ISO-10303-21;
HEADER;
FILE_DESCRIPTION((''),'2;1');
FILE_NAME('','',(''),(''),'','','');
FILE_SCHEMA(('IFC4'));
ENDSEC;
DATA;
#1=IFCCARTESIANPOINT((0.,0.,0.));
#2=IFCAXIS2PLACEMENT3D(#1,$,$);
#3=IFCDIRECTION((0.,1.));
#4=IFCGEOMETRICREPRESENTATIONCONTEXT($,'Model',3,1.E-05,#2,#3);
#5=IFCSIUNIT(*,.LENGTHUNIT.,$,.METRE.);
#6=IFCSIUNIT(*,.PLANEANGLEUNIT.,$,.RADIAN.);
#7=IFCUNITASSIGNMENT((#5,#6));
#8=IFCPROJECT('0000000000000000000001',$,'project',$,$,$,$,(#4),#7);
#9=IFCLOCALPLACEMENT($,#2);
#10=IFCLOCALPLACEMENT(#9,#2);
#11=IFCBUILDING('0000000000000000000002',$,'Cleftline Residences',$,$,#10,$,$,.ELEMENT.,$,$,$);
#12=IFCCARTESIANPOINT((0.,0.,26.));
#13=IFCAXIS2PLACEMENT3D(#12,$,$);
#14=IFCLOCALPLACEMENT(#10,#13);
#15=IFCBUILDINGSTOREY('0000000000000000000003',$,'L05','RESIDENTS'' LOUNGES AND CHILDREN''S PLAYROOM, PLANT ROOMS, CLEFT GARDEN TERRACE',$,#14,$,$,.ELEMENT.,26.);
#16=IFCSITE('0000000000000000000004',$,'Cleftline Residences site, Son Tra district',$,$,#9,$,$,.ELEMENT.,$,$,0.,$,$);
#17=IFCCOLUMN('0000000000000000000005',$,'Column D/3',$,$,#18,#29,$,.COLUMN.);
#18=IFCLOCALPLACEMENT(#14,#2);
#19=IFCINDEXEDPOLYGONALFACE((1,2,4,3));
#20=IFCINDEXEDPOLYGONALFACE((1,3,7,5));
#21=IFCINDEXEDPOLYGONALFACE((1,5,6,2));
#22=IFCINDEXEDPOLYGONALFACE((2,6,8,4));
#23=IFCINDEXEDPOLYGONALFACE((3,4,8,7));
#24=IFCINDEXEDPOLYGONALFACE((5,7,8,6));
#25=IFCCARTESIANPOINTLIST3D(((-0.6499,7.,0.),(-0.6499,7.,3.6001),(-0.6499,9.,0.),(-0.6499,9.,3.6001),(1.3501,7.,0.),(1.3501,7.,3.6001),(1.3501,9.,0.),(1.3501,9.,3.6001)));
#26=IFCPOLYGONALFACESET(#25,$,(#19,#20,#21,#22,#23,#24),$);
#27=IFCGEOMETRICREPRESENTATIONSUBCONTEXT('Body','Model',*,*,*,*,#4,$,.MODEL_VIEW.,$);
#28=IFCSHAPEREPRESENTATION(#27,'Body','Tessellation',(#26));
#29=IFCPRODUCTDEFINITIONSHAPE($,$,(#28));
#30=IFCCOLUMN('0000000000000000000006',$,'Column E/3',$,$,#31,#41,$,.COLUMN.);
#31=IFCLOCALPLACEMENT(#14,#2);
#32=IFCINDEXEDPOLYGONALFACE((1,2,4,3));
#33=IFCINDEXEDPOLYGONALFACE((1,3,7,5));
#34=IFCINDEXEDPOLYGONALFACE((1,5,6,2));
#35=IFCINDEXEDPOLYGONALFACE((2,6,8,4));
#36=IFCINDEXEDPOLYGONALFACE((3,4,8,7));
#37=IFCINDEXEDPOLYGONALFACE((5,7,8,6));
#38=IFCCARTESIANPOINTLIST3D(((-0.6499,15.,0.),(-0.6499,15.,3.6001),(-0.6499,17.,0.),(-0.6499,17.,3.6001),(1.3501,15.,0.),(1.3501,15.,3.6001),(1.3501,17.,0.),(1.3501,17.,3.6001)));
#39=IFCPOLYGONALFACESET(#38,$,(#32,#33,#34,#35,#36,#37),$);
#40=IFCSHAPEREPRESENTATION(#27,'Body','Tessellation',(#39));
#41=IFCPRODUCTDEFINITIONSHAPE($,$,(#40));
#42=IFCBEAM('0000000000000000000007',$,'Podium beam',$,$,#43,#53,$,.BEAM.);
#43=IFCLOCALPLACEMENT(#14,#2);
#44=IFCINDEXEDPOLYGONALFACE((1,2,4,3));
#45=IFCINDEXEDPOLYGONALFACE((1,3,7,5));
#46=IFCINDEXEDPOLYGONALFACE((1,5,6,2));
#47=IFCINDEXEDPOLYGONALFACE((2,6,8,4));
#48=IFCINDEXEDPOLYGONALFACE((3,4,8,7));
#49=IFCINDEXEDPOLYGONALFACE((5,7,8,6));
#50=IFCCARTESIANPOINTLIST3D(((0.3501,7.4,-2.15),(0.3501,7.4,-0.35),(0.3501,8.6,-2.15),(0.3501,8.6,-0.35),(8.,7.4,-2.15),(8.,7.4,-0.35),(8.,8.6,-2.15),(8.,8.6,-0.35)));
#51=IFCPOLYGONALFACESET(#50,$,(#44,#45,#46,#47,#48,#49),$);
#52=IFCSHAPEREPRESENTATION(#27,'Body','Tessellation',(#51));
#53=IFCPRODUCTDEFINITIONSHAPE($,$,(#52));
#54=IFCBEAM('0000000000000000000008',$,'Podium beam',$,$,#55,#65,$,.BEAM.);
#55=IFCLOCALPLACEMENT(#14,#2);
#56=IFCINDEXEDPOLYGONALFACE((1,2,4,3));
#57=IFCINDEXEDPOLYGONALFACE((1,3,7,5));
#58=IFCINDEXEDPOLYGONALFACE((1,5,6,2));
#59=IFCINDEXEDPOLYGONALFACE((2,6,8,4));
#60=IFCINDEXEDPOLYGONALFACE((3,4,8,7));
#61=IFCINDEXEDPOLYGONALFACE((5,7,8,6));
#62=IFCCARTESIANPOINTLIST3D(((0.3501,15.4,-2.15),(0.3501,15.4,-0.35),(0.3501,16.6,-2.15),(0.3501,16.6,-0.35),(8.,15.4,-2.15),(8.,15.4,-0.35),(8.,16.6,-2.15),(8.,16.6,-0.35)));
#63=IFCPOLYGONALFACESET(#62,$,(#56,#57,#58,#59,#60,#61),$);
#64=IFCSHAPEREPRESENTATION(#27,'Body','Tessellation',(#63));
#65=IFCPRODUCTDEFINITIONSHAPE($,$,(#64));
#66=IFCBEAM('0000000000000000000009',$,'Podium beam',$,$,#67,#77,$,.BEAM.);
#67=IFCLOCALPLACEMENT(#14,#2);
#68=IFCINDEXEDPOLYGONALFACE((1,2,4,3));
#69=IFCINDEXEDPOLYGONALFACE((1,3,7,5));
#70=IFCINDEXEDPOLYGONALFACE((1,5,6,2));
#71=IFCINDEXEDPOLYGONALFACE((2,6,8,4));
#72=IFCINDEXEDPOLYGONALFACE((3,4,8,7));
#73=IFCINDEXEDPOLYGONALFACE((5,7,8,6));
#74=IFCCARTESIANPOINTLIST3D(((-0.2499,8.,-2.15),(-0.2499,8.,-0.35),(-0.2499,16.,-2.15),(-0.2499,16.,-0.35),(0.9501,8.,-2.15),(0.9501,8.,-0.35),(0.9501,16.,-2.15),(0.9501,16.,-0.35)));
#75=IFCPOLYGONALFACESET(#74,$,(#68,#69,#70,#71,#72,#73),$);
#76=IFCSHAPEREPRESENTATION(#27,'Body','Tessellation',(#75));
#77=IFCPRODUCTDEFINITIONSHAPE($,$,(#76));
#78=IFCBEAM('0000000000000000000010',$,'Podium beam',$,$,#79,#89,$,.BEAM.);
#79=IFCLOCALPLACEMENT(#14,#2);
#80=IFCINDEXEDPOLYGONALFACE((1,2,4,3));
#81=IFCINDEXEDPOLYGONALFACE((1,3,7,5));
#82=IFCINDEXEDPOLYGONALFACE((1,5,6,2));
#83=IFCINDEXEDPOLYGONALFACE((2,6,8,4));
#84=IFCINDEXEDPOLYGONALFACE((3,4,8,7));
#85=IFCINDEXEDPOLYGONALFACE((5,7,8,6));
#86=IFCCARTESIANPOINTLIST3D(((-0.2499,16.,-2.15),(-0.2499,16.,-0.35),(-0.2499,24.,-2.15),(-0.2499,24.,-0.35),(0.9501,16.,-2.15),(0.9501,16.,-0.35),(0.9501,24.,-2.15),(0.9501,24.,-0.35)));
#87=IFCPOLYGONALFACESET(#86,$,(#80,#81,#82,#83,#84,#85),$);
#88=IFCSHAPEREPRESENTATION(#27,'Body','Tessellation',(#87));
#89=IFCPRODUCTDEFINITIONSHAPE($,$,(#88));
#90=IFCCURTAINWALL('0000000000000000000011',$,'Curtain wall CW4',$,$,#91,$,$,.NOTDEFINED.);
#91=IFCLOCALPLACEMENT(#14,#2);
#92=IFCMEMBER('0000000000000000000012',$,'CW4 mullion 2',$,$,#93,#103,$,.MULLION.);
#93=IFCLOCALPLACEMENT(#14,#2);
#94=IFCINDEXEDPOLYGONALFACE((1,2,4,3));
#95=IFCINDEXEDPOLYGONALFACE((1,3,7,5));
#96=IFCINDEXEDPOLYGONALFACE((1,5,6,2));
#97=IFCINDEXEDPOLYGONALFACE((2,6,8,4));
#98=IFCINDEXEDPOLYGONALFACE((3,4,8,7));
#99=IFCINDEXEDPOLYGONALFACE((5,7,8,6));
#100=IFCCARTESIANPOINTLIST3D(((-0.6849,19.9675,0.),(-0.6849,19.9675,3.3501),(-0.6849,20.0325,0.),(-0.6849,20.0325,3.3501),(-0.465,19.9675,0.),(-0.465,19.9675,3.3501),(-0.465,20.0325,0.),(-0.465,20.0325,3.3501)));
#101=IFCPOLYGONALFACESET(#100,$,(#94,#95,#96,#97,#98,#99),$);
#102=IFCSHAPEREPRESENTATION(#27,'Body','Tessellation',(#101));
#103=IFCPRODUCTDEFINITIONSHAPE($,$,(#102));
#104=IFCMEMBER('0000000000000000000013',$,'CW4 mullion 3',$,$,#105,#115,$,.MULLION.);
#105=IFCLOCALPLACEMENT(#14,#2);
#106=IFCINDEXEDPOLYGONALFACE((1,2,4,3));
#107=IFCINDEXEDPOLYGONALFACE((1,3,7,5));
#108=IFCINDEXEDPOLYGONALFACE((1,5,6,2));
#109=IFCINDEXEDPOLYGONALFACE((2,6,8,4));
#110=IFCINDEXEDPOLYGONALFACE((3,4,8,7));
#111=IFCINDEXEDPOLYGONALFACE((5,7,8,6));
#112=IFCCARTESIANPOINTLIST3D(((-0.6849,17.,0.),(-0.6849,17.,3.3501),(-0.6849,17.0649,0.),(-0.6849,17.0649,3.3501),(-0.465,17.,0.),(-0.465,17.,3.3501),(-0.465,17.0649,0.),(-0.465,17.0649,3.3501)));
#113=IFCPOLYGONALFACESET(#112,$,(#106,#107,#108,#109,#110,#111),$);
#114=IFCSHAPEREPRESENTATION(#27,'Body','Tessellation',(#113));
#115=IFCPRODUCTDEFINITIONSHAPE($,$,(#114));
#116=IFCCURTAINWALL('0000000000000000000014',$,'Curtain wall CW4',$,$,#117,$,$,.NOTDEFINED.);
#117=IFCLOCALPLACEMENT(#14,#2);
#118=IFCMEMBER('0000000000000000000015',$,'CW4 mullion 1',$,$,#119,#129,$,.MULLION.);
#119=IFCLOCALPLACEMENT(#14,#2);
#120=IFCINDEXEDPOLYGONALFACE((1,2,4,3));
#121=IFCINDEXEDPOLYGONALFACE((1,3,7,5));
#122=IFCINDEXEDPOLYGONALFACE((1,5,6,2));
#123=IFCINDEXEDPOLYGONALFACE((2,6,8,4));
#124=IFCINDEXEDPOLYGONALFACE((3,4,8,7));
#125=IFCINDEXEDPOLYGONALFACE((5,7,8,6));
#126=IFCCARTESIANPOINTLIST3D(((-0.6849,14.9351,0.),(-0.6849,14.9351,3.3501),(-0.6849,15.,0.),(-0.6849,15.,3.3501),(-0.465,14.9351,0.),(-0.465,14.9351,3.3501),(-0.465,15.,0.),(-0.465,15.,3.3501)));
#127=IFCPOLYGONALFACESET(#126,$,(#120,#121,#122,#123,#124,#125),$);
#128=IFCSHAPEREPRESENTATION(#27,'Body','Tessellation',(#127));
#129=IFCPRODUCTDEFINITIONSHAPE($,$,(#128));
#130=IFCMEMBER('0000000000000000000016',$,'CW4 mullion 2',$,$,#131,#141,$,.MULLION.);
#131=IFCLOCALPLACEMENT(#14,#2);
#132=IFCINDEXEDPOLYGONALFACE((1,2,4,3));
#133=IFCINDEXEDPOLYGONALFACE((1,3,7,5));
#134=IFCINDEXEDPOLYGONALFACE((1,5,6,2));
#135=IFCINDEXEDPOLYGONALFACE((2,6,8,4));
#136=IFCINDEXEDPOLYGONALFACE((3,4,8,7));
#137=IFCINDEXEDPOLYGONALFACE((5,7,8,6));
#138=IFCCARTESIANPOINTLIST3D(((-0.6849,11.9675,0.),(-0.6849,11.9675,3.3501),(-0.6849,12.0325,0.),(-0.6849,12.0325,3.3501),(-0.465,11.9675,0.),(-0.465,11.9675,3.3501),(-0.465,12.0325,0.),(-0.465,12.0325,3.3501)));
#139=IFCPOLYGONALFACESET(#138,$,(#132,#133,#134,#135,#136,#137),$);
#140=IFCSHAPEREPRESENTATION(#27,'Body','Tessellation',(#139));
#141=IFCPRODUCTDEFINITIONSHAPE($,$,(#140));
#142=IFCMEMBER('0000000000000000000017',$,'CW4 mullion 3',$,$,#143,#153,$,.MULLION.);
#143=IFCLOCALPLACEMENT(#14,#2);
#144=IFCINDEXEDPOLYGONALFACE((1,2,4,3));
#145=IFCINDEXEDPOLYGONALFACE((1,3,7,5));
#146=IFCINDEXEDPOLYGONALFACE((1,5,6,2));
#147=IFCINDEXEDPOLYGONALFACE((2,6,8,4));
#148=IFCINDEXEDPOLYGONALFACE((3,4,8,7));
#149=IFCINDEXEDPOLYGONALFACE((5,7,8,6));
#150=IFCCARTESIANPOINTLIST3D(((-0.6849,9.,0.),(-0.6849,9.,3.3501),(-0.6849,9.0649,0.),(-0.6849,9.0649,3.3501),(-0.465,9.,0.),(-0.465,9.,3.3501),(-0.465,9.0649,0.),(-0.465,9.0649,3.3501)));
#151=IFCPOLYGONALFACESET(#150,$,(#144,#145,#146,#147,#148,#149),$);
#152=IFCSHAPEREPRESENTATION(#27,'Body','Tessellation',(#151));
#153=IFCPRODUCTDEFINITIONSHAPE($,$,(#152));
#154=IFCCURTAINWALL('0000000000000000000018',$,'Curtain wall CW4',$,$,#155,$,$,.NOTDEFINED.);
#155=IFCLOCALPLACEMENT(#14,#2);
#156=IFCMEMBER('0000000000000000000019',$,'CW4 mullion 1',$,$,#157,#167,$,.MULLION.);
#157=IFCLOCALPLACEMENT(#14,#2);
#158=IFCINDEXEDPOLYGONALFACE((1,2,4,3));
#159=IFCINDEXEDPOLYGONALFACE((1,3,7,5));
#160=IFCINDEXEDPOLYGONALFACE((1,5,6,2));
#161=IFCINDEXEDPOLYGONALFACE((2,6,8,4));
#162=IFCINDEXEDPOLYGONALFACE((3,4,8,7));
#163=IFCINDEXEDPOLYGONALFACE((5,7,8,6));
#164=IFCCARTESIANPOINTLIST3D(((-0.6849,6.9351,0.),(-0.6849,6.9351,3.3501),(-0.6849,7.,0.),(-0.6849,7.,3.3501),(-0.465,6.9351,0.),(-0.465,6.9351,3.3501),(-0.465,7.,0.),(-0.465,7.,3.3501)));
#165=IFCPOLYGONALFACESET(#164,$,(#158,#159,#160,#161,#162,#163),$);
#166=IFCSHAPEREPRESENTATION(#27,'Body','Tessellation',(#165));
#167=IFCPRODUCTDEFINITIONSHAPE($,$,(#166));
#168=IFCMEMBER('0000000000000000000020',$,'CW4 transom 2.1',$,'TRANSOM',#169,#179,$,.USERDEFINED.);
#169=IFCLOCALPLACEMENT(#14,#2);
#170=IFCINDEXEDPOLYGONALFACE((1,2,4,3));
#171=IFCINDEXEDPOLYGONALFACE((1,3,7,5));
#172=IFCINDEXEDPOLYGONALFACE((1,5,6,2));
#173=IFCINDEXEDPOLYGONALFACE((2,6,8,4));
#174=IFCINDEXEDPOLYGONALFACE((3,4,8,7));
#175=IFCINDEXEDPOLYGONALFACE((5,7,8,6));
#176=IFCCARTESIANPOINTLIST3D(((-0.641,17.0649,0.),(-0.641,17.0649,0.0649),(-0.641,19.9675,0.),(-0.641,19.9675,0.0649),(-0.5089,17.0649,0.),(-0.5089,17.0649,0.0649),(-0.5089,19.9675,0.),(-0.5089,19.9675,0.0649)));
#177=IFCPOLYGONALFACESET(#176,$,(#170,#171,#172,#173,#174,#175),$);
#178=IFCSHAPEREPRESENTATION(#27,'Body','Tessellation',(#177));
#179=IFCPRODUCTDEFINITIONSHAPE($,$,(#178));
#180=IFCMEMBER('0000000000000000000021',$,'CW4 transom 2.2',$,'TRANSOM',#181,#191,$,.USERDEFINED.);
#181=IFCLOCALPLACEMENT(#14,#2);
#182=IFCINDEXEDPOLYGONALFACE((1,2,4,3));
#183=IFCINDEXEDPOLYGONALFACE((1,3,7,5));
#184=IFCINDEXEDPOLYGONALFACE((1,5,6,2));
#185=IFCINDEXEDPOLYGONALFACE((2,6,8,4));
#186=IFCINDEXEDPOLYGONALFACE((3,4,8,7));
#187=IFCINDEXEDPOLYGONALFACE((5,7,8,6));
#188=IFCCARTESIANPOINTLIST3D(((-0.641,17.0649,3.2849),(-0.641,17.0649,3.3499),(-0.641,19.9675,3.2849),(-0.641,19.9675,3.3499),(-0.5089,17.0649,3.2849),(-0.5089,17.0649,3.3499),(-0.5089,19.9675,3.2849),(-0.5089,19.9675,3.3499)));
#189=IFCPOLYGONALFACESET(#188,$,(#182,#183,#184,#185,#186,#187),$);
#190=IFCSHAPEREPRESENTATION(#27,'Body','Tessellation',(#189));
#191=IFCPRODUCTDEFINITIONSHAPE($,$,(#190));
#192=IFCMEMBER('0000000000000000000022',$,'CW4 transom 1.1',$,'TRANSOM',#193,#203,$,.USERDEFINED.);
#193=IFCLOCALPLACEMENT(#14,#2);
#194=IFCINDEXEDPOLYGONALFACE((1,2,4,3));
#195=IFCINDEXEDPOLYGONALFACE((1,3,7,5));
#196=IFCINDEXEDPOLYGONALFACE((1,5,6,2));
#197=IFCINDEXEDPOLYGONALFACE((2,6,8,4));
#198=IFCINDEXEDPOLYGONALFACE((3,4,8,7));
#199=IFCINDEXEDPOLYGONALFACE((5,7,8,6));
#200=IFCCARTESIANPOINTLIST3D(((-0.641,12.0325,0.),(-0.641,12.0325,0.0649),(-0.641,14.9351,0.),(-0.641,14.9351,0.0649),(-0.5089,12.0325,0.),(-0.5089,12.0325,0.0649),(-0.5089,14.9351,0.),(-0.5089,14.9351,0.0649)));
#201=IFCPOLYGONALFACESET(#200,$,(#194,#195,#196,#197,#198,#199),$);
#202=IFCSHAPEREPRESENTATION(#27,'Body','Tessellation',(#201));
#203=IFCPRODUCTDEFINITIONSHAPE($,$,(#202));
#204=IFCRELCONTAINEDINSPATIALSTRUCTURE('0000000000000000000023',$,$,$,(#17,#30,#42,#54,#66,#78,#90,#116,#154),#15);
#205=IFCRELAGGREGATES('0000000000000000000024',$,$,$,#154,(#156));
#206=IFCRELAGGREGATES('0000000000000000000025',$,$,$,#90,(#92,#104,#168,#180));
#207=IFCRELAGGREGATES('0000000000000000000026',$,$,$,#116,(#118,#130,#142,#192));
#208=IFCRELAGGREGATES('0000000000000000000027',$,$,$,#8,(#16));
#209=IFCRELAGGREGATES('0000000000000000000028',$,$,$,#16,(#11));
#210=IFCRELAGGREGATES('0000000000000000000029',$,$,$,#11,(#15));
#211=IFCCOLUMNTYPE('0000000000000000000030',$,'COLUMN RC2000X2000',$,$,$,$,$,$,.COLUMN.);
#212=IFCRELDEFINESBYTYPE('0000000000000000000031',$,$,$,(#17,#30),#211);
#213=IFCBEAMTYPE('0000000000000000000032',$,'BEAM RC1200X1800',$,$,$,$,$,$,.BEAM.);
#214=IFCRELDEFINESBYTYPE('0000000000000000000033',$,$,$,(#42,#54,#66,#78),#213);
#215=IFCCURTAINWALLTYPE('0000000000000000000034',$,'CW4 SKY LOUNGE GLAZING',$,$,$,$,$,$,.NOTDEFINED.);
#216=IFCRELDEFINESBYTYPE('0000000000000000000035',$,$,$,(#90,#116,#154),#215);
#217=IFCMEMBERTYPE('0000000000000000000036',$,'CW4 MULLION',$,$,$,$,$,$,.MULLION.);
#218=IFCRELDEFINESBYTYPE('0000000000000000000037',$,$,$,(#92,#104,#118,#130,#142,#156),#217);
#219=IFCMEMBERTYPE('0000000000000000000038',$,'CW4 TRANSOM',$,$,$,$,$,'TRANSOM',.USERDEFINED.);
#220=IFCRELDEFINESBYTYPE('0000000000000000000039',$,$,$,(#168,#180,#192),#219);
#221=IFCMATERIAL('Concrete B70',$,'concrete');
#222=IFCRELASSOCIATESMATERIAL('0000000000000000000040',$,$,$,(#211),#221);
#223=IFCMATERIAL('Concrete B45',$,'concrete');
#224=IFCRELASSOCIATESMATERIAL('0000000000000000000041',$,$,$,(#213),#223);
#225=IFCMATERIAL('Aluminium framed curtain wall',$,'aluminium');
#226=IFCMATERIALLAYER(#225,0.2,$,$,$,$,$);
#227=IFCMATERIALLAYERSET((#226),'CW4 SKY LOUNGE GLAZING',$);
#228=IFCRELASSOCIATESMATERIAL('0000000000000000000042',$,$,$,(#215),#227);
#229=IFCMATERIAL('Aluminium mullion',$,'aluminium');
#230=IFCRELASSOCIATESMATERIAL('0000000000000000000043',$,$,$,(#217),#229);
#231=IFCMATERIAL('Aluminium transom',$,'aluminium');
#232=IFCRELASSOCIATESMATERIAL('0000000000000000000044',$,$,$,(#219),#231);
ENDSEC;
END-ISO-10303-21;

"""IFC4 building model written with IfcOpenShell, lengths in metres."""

from ifc_helpers import new_model, si_unit, direction, frame, origin, origin_2d, place, context, subcontext, project, spatial, rectangle, extrude, material, layer, layer_set, material_profile, profile_set, type_object, element, aggregate, save


model = new_model("IFC4")

# Units and contexts
model_context = context("Model", 3, precision=1e-05, world=origin(), true_north=direction((0.0, 1.0)))
body_context = subcontext(model_context, "Body", "Model", "MODEL_VIEW")
ifc_project = project(units=[si_unit("LENGTHUNIT", "METRE"), si_unit("PLANEANGLEUNIT", "RADIAN")], contexts=[model_context])

# Site, building, storey
site_placement = place(None, origin())
site = spatial("IfcSite", under=ifc_project, at=site_placement, Name="Cleftline Residences site, Son Tra district", CompositionType="ELEMENT", RefElevation=0.0)
building_placement = place(site_placement, origin())
building = spatial("IfcBuilding", under=site, at=building_placement, Name="Cleftline Residences", CompositionType="ELEMENT")
storey_placement = place(building_placement, frame((0.0, 0.0, 26.0)))
storey = spatial("IfcBuildingStorey", under=building, at=storey_placement, Name="L05", Description="RESIDENTS' LOUNGES AND CHILDREN'S PLAYROOM, PLANT ROOMS, CLEFT GARDEN TERRACE", CompositionType="ELEMENT", Elevation=26.0)

# Columns
ifc_material_1 = material(Name="Concrete B70", Category="concrete")
ifc_material_profile_1 = material_profile(ifc_material_1, rectangle(XDim=2.0, YDim=2.0, at=origin_2d()))
ifc_profile_set_1 = profile_set([ifc_material_profile_1], Name="Concrete B70")
column_type = type_object("IfcColumnType", Name="COLUMN RC2000X2000", PredefinedType="COLUMN", material=ifc_profile_set_1)
for number, where, z_axis, x_axis, name in (
    (1, (0.3501, 8.0, 0.0), (0.0, 0.0, 1.0), (1.0, 0.0, 0.0), "Column D/3"),
    (2, (0.3501, 16.0, 0.0), (0.0, 0.0, 1.0), (1.0, 0.0, 0.0), "Column E/3"),
):
    element("IfcColumn", number, at=place(storey_placement, frame(where, z_axis=z_axis, x_axis=x_axis)), inside=storey, type_object=column_type, Name=name, PredefinedType="COLUMN", context=body_context, shape_type="SweptSolid", body=[
        extrude(rectangle(XDim=2.0, YDim=2.0, at=origin_2d()), origin(), (0.0, 0.0, 1.0), 3.6001),
    ])

# Beams
ifc_material_2 = material(Name="Concrete B45", Category="concrete")
ifc_material_profile_2 = material_profile(ifc_material_2, rectangle(XDim=1.2, YDim=1.8, at=origin_2d()))
ifc_profile_set_2 = profile_set([ifc_material_profile_2], Name="Concrete B45")
beam_type = type_object("IfcBeamType", Name="BEAM RC1200X1800", PredefinedType="BEAM", material=ifc_profile_set_2)
for number, where, z_axis, x_axis, name in (
    (3, (0.3501, 8.0, -1.25), (1.0, 0.0, 0.0), (0.0, 1.0, 0.0), "Podium beam"),
    (4, (0.3501, 16.0, -1.25), (1.0, 0.0, 0.0), (0.0, 1.0, 0.0), "Podium beam"),
):
    element("IfcBeam", number, at=place(storey_placement, frame(where, z_axis=z_axis, x_axis=x_axis)), inside=storey, type_object=beam_type, Name=name, PredefinedType="BEAM", context=body_context, shape_type="SweptSolid", body=[
        extrude(rectangle(XDim=1.2, YDim=1.8, at=origin_2d()), origin(), (0.0, 0.0, 1.0), 7.6499),
    ])
for number, where, z_axis, x_axis, name in (
    (5, (0.3501, 8.0, -1.25), (0.0, 1.0, 0.0), (-1.0, 0.0, 0.0), "Podium beam"),
    (6, (0.3501, 16.0, -1.25), (0.0, 1.0, 0.0), (-1.0, 0.0, 0.0), "Podium beam"),
):
    element("IfcBeam", number, at=place(storey_placement, frame(where, z_axis=z_axis, x_axis=x_axis)), inside=storey, type_object=beam_type, Name=name, PredefinedType="BEAM", context=body_context, shape_type="SweptSolid", body=[
        extrude(rectangle(XDim=1.2, YDim=1.8, at=origin_2d()), origin(), (0.0, 0.0, 1.0), 8.0),
    ])

# Curtain walls, members
ifc_material_3 = material(Name="Aluminium framed curtain wall", Category="aluminium")
ifc_layer_1 = layer(ifc_material_3, 0.2)
ifc_layer_set_1 = layer_set([ifc_layer_1], Name="CW4 SKY LOUNGE GLAZING")
curtain_wall_type = type_object("IfcCurtainWallType", Name="CW4 SKY LOUNGE GLAZING", PredefinedType="NOTDEFINED", material=ifc_layer_set_1)
curtain_wall_1_placement = place(storey_placement, origin())
curtain_wall_1 = element("IfcCurtainWall", 7, at=curtain_wall_1_placement, inside=storey, type_object=curtain_wall_type, Name="Curtain wall CW4", PredefinedType="NOTDEFINED")
ifc_material_4 = material(Name="Aluminium mullion", Category="aluminium")
ifc_material_profile_3 = material_profile(ifc_material_4, rectangle(XDim=0.22, YDim=0.0649, at=origin_2d()))
ifc_profile_set_3 = profile_set([ifc_material_profile_3], Name="Aluminium mullion")
member_type_1 = type_object("IfcMemberType", Name="CW4 MULLION", PredefinedType="MULLION", material=ifc_profile_set_3)
member_1_placement = place(storey_placement, frame((-0.575, 20.0, 0.0), z_axis=(0.0, 0.0, 1.0), x_axis=(1.0, 0.0, 0.0)))
member_1 = element("IfcMember", 8, at=member_1_placement, type_object=member_type_1, Name="CW4 mullion 2", PredefinedType="MULLION", context=body_context, shape_type="SweptSolid", body=[
    extrude(rectangle(XDim=0.22, YDim=0.0649, at=origin_2d()), origin(), (0.0, 0.0, 1.0), 3.3501),
])
member_2_placement = place(storey_placement, frame((-0.575, 17.0325, 0.0), z_axis=(0.0, 0.0, 1.0), x_axis=(1.0, 0.0, 0.0)))
member_2 = element("IfcMember", 9, at=member_2_placement, type_object=member_type_1, Name="CW4 mullion 3", PredefinedType="MULLION", context=body_context, shape_type="SweptSolid", body=[
    extrude(rectangle(XDim=0.22, YDim=0.0649, at=origin_2d()), origin(), (0.0, 0.0, 1.0), 3.3501),
])
curtain_wall_2_placement = place(storey_placement, origin())
curtain_wall_2 = element("IfcCurtainWall", 10, at=curtain_wall_2_placement, inside=storey, type_object=curtain_wall_type, Name="Curtain wall CW4", PredefinedType="NOTDEFINED")
member_3_placement = place(storey_placement, frame((-0.575, 14.9675, 0.0), z_axis=(0.0, 0.0, 1.0), x_axis=(1.0, 0.0, 0.0)))
member_3 = element("IfcMember", 11, at=member_3_placement, type_object=member_type_1, Name="CW4 mullion 1", PredefinedType="MULLION", context=body_context, shape_type="SweptSolid", body=[
    extrude(rectangle(XDim=0.22, YDim=0.0649, at=origin_2d()), origin(), (0.0, 0.0, 1.0), 3.3501),
])
member_4_placement = place(storey_placement, frame((-0.575, 12.0, 0.0), z_axis=(0.0, 0.0, 1.0), x_axis=(1.0, 0.0, 0.0)))
member_4 = element("IfcMember", 12, at=member_4_placement, type_object=member_type_1, Name="CW4 mullion 2", PredefinedType="MULLION", context=body_context, shape_type="SweptSolid", body=[
    extrude(rectangle(XDim=0.22, YDim=0.0649, at=origin_2d()), origin(), (0.0, 0.0, 1.0), 3.3501),
])
member_5_placement = place(storey_placement, frame((-0.575, 9.0325, 0.0), z_axis=(0.0, 0.0, 1.0), x_axis=(1.0, 0.0, 0.0)))
member_5 = element("IfcMember", 13, at=member_5_placement, type_object=member_type_1, Name="CW4 mullion 3", PredefinedType="MULLION", context=body_context, shape_type="SweptSolid", body=[
    extrude(rectangle(XDim=0.22, YDim=0.0649, at=origin_2d()), origin(), (0.0, 0.0, 1.0), 3.3501),
])

# Curtain wall, member
curtain_wall_3_placement = place(storey_placement, origin())
curtain_wall_3 = element("IfcCurtainWall", 14, at=curtain_wall_3_placement, inside=storey, type_object=curtain_wall_type, Name="Curtain wall CW4", PredefinedType="NOTDEFINED")
member_6_placement = place(storey_placement, frame((-0.575, 6.9675, 0.0), z_axis=(0.0, 0.0, 1.0), x_axis=(1.0, 0.0, 0.0)))
member_6 = element("IfcMember", 15, at=member_6_placement, type_object=member_type_1, Name="CW4 mullion 1", PredefinedType="MULLION", context=body_context, shape_type="SweptSolid", body=[
    extrude(rectangle(XDim=0.22, YDim=0.0649, at=origin_2d()), origin(), (0.0, 0.0, 1.0), 3.3501),
])
aggregate(curtain_wall_3, [member_6])

# Members
ifc_material_5 = material(Name="Aluminium transom", Category="aluminium")
ifc_material_profile_4 = material_profile(ifc_material_5, rectangle(XDim=0.1321, YDim=0.0649, at=origin_2d()))
ifc_profile_set_4 = profile_set([ifc_material_profile_4], Name="Aluminium transom")
member_type_2 = type_object("IfcMemberType", Name="CW4 TRANSOM", ElementType="TRANSOM", PredefinedType="USERDEFINED", material=ifc_profile_set_4)
member_7_placement = place(storey_placement, frame((-0.575, 19.9675, 0.0325), z_axis=(0.0, -1.0, 0.0), x_axis=(1.0, 0.0, 0.0)))
member_7 = element("IfcMember", 16, at=member_7_placement, type_object=member_type_2, Name="CW4 transom 2.1", ObjectType="TRANSOM", PredefinedType="USERDEFINED", context=body_context, shape_type="SweptSolid", body=[
    extrude(rectangle(XDim=0.1321, YDim=0.0649, at=origin_2d()), origin(), (0.0, 0.0, 1.0), 2.9026),
])
member_8_placement = place(storey_placement, frame((-0.575, 19.9675, 3.3174), z_axis=(0.0, -1.0, 0.0), x_axis=(1.0, 0.0, 0.0)))
member_8 = element("IfcMember", 17, at=member_8_placement, type_object=member_type_2, Name="CW4 transom 2.2", ObjectType="TRANSOM", PredefinedType="USERDEFINED", context=body_context, shape_type="SweptSolid", body=[
    extrude(rectangle(XDim=0.1321, YDim=0.0649, at=origin_2d()), origin(), (0.0, 0.0, 1.0), 2.9026),
])
member_9_placement = place(storey_placement, frame((-0.575, 14.9351, 0.0325), z_axis=(0.0, -1.0, 0.0), x_axis=(1.0, 0.0, 0.0)))
member_9 = element("IfcMember", 18, at=member_9_placement, type_object=member_type_2, Name="CW4 transom 1.1", ObjectType="TRANSOM", PredefinedType="USERDEFINED", context=body_context, shape_type="SweptSolid", body=[
    extrude(rectangle(XDim=0.1321, YDim=0.0649, at=origin_2d()), origin(), (0.0, 0.0, 1.0), 2.9026),
])

aggregate(curtain_wall_1, [member_1, member_2, member_7, member_8])
aggregate(curtain_wall_2, [member_3, member_4, member_5, member_9])

save(model, "model.ifc")
